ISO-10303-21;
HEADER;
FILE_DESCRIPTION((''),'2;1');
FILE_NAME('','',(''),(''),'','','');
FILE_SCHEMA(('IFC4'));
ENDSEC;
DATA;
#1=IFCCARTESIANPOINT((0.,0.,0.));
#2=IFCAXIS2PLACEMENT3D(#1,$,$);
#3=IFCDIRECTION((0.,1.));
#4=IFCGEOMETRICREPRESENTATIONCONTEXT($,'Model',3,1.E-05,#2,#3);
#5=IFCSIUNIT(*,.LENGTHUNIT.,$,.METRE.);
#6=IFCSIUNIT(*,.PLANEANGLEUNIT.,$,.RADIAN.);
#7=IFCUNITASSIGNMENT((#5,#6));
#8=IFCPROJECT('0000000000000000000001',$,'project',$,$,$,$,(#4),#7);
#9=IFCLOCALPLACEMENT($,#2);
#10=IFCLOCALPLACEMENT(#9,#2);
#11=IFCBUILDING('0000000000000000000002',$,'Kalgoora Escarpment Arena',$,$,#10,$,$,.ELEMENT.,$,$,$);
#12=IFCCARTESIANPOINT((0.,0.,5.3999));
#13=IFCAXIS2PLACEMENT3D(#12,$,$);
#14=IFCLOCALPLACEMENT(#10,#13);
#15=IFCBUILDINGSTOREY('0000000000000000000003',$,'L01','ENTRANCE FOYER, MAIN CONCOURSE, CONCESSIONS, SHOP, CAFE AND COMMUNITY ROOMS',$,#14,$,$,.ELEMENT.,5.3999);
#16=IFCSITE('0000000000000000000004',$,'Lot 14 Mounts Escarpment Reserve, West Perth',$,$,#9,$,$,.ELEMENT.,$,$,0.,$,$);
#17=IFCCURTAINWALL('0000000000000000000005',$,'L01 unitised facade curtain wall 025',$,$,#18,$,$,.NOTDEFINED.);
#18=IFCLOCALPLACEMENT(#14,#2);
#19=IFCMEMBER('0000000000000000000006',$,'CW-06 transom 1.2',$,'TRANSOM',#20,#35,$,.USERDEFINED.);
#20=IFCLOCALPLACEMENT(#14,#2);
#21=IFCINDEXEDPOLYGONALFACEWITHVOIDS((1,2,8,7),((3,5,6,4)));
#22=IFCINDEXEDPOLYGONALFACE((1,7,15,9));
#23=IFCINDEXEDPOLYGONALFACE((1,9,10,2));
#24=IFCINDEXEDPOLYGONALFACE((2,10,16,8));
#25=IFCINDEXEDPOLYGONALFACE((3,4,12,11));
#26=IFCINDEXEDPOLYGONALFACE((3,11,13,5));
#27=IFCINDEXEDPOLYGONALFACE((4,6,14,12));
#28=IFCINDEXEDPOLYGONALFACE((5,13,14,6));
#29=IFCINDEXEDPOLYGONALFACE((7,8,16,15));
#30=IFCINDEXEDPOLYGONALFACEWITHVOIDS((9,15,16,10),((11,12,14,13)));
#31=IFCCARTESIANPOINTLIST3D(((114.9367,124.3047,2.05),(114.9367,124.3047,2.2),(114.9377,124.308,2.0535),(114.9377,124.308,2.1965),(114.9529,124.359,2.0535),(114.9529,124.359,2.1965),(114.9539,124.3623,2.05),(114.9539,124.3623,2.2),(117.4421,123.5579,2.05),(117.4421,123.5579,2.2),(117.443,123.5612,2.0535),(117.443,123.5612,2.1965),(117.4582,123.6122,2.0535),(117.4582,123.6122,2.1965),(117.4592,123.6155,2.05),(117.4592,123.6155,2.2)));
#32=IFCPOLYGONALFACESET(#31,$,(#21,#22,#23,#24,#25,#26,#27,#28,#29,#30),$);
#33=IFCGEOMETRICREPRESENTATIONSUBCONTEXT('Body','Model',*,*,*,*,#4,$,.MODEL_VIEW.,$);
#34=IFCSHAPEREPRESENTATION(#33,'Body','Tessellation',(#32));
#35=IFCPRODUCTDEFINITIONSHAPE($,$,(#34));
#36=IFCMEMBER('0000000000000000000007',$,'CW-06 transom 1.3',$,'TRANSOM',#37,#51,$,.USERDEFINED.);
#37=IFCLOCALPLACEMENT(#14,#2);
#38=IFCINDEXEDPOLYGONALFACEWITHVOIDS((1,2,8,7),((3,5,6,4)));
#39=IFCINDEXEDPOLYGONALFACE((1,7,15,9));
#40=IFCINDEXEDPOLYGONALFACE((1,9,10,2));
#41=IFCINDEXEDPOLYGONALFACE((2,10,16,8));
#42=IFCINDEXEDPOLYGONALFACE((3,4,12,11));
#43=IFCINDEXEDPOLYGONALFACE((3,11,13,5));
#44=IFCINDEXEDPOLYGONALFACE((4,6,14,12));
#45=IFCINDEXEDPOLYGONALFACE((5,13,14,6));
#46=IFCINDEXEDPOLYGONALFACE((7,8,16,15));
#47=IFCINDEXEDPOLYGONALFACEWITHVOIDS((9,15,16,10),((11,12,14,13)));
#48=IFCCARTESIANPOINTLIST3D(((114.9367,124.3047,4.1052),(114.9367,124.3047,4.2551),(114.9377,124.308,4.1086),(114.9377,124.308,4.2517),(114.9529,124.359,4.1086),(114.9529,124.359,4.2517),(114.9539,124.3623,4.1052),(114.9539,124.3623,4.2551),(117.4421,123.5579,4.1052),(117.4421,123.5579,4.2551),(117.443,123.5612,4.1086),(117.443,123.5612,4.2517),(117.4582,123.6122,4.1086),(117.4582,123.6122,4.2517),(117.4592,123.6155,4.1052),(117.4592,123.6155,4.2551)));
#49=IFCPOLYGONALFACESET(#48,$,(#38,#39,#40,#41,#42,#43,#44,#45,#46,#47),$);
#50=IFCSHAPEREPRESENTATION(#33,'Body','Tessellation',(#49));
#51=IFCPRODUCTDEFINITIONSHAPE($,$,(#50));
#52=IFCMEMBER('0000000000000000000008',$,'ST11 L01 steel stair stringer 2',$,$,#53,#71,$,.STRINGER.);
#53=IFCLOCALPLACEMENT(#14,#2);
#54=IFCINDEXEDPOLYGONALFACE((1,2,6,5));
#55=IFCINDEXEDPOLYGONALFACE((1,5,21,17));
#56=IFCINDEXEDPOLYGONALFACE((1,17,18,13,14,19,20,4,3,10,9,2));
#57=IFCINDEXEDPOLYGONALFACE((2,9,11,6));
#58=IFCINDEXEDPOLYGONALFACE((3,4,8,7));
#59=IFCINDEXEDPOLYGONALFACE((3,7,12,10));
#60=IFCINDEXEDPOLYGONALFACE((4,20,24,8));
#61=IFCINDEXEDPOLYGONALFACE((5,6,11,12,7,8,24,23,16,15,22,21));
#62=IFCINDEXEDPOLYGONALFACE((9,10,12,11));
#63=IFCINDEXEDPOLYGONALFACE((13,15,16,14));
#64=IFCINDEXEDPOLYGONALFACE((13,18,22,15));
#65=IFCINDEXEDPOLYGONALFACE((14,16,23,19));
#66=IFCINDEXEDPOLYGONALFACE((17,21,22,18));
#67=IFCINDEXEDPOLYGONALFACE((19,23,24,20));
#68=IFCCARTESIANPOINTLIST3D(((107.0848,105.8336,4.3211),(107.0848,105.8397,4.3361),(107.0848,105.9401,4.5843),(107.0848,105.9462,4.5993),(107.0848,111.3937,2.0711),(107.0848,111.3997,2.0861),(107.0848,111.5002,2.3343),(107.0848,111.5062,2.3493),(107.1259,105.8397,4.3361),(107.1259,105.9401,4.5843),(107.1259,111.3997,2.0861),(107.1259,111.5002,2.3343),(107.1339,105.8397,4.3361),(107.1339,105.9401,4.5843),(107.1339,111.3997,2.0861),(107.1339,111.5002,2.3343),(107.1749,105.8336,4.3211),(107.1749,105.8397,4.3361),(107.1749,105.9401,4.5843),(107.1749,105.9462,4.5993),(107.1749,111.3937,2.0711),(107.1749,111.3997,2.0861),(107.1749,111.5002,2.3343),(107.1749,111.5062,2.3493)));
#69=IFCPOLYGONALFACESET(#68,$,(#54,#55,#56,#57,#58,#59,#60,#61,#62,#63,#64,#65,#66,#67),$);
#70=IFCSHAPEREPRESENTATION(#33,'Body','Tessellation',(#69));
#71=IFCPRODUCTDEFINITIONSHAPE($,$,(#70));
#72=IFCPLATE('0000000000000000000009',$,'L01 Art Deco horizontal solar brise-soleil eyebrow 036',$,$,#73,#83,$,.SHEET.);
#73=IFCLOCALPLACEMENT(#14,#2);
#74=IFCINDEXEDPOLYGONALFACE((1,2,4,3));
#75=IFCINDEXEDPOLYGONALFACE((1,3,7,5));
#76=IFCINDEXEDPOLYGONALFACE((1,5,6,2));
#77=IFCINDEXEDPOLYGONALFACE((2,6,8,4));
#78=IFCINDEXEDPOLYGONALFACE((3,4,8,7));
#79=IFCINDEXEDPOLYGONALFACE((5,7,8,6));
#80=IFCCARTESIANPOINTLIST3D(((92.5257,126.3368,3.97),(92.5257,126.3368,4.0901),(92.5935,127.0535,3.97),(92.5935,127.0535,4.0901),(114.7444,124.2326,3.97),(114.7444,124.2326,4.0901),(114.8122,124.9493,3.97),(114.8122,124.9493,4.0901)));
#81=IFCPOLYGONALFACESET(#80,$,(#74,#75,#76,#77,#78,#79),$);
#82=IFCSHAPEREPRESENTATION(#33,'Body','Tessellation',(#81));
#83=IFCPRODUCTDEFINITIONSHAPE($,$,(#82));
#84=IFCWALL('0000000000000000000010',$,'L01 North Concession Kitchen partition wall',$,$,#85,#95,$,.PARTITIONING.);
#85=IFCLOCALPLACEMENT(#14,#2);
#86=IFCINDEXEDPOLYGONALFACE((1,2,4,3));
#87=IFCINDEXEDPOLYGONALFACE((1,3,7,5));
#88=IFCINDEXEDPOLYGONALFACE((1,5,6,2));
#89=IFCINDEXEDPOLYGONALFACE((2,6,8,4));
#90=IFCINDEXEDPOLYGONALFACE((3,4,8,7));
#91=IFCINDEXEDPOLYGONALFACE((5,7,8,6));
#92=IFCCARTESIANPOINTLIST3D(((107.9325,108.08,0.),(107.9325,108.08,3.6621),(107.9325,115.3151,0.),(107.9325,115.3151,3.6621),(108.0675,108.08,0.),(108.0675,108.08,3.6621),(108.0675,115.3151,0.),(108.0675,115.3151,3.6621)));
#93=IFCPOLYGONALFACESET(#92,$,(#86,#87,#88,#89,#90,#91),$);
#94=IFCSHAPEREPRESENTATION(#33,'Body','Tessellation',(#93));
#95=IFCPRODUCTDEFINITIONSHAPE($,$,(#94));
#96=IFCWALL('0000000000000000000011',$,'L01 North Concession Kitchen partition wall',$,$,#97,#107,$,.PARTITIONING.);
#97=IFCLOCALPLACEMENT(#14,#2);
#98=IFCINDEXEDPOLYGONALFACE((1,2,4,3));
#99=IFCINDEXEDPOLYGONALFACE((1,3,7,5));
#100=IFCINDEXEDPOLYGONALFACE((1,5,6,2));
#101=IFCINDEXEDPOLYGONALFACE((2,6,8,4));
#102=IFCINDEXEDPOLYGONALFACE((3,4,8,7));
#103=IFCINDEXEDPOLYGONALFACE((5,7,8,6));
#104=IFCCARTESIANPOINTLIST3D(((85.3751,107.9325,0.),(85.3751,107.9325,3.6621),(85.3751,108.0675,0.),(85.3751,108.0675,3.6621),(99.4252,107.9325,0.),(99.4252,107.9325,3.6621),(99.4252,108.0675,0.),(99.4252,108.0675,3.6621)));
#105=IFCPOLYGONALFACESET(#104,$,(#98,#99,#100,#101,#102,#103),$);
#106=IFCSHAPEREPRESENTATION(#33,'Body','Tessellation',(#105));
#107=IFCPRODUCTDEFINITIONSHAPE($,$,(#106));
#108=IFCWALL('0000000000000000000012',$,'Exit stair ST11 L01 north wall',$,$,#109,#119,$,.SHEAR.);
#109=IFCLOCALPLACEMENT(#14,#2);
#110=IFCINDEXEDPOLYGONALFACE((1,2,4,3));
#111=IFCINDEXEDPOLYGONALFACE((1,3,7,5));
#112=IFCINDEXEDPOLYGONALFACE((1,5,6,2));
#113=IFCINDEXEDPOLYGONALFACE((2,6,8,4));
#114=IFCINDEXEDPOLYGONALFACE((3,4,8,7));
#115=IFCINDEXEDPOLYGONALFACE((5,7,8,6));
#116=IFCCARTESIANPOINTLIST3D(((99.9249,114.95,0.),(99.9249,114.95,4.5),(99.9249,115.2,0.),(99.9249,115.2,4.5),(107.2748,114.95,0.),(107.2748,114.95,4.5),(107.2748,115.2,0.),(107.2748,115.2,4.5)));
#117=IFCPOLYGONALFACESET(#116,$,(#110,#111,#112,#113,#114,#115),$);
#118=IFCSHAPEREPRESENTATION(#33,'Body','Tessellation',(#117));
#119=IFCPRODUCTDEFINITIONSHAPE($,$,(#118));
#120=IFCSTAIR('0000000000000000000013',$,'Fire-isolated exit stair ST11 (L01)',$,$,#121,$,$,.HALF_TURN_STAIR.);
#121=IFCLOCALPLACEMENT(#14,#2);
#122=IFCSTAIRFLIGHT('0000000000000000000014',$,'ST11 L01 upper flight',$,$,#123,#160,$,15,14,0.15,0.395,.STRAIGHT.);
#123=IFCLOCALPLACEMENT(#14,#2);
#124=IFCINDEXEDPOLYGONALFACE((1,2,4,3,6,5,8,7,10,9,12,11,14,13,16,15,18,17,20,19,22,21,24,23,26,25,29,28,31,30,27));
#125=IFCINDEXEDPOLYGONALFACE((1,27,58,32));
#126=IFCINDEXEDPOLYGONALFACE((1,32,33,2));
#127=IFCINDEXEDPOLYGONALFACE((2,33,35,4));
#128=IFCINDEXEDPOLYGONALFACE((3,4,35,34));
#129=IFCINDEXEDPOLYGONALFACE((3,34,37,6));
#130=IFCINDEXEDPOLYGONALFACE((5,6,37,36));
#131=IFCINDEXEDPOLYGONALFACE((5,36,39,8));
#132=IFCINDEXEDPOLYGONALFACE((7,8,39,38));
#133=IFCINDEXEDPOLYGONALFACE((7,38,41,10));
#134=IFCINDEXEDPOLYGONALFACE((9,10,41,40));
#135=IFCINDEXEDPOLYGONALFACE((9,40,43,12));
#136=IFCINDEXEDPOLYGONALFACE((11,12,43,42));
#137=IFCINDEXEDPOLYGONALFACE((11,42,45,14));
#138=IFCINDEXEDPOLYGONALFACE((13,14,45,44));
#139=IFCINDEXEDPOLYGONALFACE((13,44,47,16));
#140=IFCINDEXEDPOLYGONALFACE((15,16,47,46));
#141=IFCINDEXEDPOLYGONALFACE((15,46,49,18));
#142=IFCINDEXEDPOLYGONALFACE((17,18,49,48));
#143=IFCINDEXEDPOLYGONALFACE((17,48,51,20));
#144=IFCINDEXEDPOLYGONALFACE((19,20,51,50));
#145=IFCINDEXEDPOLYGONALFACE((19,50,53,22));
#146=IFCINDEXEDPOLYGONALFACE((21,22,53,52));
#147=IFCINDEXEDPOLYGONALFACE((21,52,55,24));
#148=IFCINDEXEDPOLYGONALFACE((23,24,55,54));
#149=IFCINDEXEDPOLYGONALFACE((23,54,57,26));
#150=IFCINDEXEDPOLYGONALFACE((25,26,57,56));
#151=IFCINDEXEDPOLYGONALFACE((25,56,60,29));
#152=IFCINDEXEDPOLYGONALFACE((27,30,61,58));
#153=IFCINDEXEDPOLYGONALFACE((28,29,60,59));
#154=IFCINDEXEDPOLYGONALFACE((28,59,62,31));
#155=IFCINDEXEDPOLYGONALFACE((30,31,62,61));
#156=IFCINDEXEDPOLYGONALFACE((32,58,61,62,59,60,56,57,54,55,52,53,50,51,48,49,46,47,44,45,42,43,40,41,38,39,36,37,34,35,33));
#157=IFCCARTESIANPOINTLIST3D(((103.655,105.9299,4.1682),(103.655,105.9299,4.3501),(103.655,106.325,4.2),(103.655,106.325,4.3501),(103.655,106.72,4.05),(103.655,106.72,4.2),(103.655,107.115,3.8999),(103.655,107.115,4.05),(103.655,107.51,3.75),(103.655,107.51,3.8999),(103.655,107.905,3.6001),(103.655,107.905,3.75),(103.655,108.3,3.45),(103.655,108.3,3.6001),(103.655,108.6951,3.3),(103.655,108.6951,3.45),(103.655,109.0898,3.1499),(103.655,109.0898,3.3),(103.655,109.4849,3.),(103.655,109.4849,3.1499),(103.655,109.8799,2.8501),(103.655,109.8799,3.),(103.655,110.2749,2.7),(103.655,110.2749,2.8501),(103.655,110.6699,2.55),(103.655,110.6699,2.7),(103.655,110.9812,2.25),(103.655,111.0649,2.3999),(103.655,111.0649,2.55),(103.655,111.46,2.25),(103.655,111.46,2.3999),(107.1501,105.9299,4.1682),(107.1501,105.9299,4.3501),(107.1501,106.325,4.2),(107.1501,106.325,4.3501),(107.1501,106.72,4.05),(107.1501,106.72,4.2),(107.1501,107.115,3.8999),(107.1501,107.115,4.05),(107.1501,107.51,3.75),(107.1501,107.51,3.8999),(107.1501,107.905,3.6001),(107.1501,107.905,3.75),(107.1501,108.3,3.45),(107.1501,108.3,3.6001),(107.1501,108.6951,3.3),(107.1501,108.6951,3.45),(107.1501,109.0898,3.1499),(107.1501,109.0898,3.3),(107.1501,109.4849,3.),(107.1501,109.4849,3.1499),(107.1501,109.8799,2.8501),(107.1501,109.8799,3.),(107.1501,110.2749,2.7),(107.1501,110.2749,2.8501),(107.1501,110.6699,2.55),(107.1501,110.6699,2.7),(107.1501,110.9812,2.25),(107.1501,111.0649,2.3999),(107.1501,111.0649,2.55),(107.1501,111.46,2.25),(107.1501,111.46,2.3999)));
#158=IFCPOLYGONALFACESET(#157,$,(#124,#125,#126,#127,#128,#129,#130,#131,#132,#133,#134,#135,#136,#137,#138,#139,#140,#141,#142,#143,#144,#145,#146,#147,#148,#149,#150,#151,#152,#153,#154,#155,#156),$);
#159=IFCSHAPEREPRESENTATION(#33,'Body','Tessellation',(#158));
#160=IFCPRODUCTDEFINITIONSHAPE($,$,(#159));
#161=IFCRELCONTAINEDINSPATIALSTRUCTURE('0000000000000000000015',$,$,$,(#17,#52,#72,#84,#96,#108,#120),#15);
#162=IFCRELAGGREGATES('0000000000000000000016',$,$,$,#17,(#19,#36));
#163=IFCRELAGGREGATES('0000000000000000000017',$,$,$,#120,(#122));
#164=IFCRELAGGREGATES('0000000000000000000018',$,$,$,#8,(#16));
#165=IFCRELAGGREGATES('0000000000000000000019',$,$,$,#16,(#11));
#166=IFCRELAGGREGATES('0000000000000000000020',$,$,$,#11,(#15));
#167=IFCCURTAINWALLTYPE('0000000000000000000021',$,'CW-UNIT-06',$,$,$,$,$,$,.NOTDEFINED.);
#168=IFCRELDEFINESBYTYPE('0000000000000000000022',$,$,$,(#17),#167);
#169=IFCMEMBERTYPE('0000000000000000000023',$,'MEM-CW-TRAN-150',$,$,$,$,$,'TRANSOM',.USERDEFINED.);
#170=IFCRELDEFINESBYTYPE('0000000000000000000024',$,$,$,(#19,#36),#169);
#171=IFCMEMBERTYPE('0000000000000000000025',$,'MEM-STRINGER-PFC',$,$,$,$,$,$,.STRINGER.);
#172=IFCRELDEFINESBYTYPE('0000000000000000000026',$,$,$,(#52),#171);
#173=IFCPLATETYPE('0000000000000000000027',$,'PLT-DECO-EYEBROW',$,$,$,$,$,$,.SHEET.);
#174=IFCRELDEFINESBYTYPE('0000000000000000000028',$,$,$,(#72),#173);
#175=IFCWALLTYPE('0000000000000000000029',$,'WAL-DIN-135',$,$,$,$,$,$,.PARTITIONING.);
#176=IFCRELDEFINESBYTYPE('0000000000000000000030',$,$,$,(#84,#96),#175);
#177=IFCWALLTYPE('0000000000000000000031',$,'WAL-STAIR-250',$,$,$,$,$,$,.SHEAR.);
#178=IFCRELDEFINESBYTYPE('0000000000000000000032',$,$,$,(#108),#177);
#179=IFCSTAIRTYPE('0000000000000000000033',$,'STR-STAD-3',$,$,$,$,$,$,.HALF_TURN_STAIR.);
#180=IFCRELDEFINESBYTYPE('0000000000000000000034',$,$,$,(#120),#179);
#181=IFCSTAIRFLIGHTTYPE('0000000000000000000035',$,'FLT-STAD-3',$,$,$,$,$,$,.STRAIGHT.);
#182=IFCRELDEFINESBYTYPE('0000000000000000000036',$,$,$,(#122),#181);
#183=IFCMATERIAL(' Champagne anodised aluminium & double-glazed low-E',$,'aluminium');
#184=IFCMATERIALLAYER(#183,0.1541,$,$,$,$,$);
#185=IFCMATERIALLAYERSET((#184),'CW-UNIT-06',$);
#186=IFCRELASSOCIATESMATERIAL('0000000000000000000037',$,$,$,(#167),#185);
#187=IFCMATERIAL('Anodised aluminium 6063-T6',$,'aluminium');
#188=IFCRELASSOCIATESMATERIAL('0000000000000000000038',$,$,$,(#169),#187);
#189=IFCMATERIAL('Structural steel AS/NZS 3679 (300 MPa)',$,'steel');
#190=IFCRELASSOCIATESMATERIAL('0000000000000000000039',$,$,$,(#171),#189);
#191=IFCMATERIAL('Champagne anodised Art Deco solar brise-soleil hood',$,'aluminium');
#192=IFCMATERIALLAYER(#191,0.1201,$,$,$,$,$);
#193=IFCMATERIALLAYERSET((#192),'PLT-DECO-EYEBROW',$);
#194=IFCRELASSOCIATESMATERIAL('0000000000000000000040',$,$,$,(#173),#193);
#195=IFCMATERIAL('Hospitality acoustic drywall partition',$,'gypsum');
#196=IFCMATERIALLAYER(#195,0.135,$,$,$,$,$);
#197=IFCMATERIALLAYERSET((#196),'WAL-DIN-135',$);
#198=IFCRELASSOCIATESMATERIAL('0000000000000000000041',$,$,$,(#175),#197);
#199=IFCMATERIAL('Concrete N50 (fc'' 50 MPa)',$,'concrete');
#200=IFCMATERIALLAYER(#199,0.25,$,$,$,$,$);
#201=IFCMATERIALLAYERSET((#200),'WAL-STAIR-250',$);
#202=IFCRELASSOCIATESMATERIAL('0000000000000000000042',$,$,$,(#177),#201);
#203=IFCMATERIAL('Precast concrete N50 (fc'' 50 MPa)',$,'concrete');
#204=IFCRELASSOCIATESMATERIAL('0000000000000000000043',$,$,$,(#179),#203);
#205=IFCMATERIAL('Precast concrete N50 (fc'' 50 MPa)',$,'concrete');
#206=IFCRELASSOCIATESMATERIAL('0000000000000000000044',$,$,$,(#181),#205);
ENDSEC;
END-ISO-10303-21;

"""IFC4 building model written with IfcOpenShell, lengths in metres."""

from ifc_helpers import new_model, si_unit, direction, frame, frame_2d, origin, origin_2d, place, context, subcontext, project, spatial, polyline, rectangle, hollow_rectangle, i_section, outline, extrude, material, layer, layer_set, material_profile, profile_set, type_object, element, aggregate, save


model = new_model("IFC4")

# Units and contexts
model_context = context("Model", 3, precision=1e-05, world=origin(), true_north=direction((0.0, 1.0)))
body_context = subcontext(model_context, "Body", "Model", "MODEL_VIEW")
ifc_project = project(units=[si_unit("LENGTHUNIT", "METRE"), si_unit("PLANEANGLEUNIT", "RADIAN")], contexts=[model_context])

# Site, building, storey
site_placement = place(None, origin())
site = spatial("IfcSite", under=ifc_project, at=site_placement, Name="Lot 14 Mounts Escarpment Reserve, West Perth", CompositionType="ELEMENT", RefElevation=0.0)
building_placement = place(site_placement, origin())
building = spatial("IfcBuilding", under=site, at=building_placement, Name="Kalgoora Escarpment Arena", CompositionType="ELEMENT")
storey_placement = place(building_placement, frame((0.0, 0.0, 5.3999)))
storey = spatial("IfcBuildingStorey", under=building, at=storey_placement, Name="L01", Description="ENTRANCE FOYER, MAIN CONCOURSE, CONCESSIONS, SHOP, CAFE AND COMMUNITY ROOMS", CompositionType="ELEMENT", Elevation=5.3999)

# Curtain wall, members
ifc_material_1 = material(Name=" Champagne anodised aluminium & double-glazed low-E", Category="aluminium")
ifc_layer_1 = layer(ifc_material_1, 0.1541)
ifc_layer_set_1 = layer_set([ifc_layer_1], Name="CW-UNIT-06")
curtain_wall_type = type_object("IfcCurtainWallType", Name="CW-UNIT-06", PredefinedType="NOTDEFINED", material=ifc_layer_set_1)
curtain_wall_placement = place(storey_placement, origin())
curtain_wall = element("IfcCurtainWall", 1, at=curtain_wall_placement, inside=storey, type_object=curtain_wall_type, Name="L01 unitised facade curtain wall 025", PredefinedType="NOTDEFINED")
ifc_material_2 = material(Name="Anodised aluminium 6063-T6", Category="aluminium")
ifc_material_profile_1 = material_profile(ifc_material_2, hollow_rectangle(XDim=0.0601, YDim=0.1499, WallThickness=0.0034, at=origin_2d()))
ifc_profile_set_1 = profile_set([ifc_material_profile_1], Name="Anodised aluminium 6063-T6")
member_type_1 = type_object("IfcMemberType", Name="MEM-CW-TRAN-150", ElementType="TRANSOM", PredefinedType="USERDEFINED", material=ifc_profile_set_1)
member_1_placement = place(storey_placement, frame((114.9453, 124.3335, 2.125), z_axis=(0.958329, -0.285668, 0.0), x_axis=(0.285668, 0.958329, 0.0)))
member_1 = element("IfcMember", 2, at=member_1_placement, type_object=member_type_1, Name="CW-06 transom 1.2", ObjectType="TRANSOM", PredefinedType="USERDEFINED", context=body_context, shape_type="SweptSolid", body=[
    extrude(hollow_rectangle(XDim=0.0601, YDim=0.1499, WallThickness=0.0034, at=origin_2d()), origin(), (0.0, 0.0, 1.0), 2.6143),
])
member_2_placement = place(storey_placement, frame((114.9453, 124.3335, 4.1802), z_axis=(0.958329, -0.285668, 0.0), x_axis=(0.285668, 0.958329, 0.0)))
member_2 = element("IfcMember", 3, at=member_2_placement, type_object=member_type_1, Name="CW-06 transom 1.3", ObjectType="TRANSOM", PredefinedType="USERDEFINED", context=body_context, shape_type="SweptSolid", body=[
    extrude(hollow_rectangle(XDim=0.0601, YDim=0.1499, WallThickness=0.0034, at=origin_2d()), origin(), (0.0, 0.0, 1.0), 2.6143),
])
aggregate(curtain_wall, [member_1, member_2])

# Member
ifc_material_3 = material(Name="Structural steel AS/NZS 3679 (300 MPa)", Category="steel")
ifc_material_profile_2 = material_profile(ifc_material_3, i_section(OverallWidth=0.0901, OverallDepth=0.3, WebThickness=0.0081, FlangeThickness=0.0161, at=origin_2d()))
ifc_profile_set_2 = profile_set([ifc_material_profile_2], Name="Structural steel AS/NZS 3679 (300 MPa)")
member_type_2 = type_object("IfcMemberType", Name="MEM-STRINGER-PFC", PredefinedType="STRINGER", material=ifc_profile_set_2)
member_3_placement = place(storey_placement, frame((107.1299, 111.45, 2.2102), z_axis=(0.0, -0.926976, 0.375121), x_axis=(1.0, 0.0, 0.0)))
element("IfcMember", 4, at=member_3_placement, inside=storey, type_object=member_type_2, Name="ST11 L01 steel stair stringer 2", PredefinedType="STRINGER", context=body_context, shape_type="SweptSolid", body=[
    extrude(i_section(OverallWidth=0.0901, OverallDepth=0.3, WebThickness=0.0081, FlangeThickness=0.0161, at=origin_2d()), origin(), (0.0, 0.0, 1.0), 5.998),
])

# Plate
ifc_material_4 = material(Name="Champagne anodised Art Deco solar brise-soleil hood", Category="aluminium")
ifc_layer_2 = layer(ifc_material_4, 0.1201)
ifc_layer_set_2 = layer_set([ifc_layer_2], Name="PLT-DECO-EYEBROW")
plate_type = type_object("IfcPlateType", Name="PLT-DECO-EYEBROW", PredefinedType="SHEET", material=ifc_layer_set_2)
plate_placement = place(storey_placement, frame((103.6689, 125.6431, 3.97), z_axis=(0.0, 0.0, 1.0), x_axis=(0.995546, -0.094282, 0.0)))
element("IfcPlate", 5, at=plate_placement, inside=storey, type_object=plate_type, Name="L01 Art Deco horizontal solar brise-soleil eyebrow 036", PredefinedType="SHEET", context=body_context, shape_type="SweptSolid", body=[
    extrude(rectangle(XDim=22.3181, YDim=0.72, at=origin_2d()), origin(), (0.0, 0.0, 1.0), 0.1201),
])

# Walls
ifc_material_5 = material(Name="Hospitality acoustic drywall partition", Category="gypsum")
ifc_layer_3 = layer(ifc_material_5, 0.135)
ifc_layer_set_3 = layer_set([ifc_layer_3], Name="WAL-DIN-135")
wall_type_1 = type_object("IfcWallType", Name="WAL-DIN-135", PredefinedType="PARTITIONING", material=ifc_layer_set_3)
wall_1_placement = place(storey_placement, frame((108.0, 115.3152, 0.0), z_axis=(0.0, 0.0, 1.0), x_axis=(0.0, -1.0, 0.0)))
element("IfcWall", 6, at=wall_1_placement, inside=storey, type_object=wall_type_1, Name="L01 North Concession Kitchen partition wall", PredefinedType="PARTITIONING", context=body_context, shape_type="SweptSolid", body=[
    extrude(rectangle(XDim=7.2351, YDim=0.135, at=frame_2d((3.6177, 0.0))), origin(), (0.0, 0.0, 1.0), 3.6621),
])
wall_2_placement = place(storey_placement, frame((99.425, 108.0, 0.0), z_axis=(0.0, 0.0, 1.0), x_axis=(-1.0, 0.0, 0.0)))
element("IfcWall", 7, at=wall_2_placement, inside=storey, type_object=wall_type_1, Name="L01 North Concession Kitchen partition wall", PredefinedType="PARTITIONING", context=body_context, shape_type="SweptSolid", body=[
    extrude(rectangle(XDim=14.05, YDim=0.135, at=frame_2d((7.0249, 0.0))), origin(), (0.0, 0.0, 1.0), 3.6621),
])
ifc_material_6 = material(Name="Concrete N50 (fc' 50 MPa)", Category="concrete")
ifc_layer_4 = layer(ifc_material_6, 0.25)
ifc_layer_set_4 = layer_set([ifc_layer_4], Name="WAL-STAIR-250")
wall_type_2 = type_object("IfcWallType", Name="WAL-STAIR-250", PredefinedType="SHEAR", material=ifc_layer_set_4)
wall_3_placement = place(storey_placement, frame((99.925, 115.075, 0.0), z_axis=(0.0, 0.0, 1.0), x_axis=(1.0, 0.0, 0.0)))
element("IfcWall", 8, at=wall_3_placement, inside=storey, type_object=wall_type_2, Name="Exit stair ST11 L01 north wall", PredefinedType="SHEAR", context=body_context, shape_type="SweptSolid", body=[
    extrude(rectangle(XDim=7.3499, YDim=0.25, at=frame_2d((3.6748, 0.0))), origin(), (0.0, 0.0, 1.0), 4.5),
])

# Stair, stair flight
ifc_material_7 = material(Name="Precast concrete N50 (fc' 50 MPa)", Category="concrete")
stair_type = type_object("IfcStairType", Name="STR-STAD-3", PredefinedType="HALF_TURN_STAIR", material=ifc_material_7)
stair_placement = place(storey_placement, origin())
stair = element("IfcStair", 9, at=stair_placement, inside=storey, type_object=stair_type, Name="Fire-isolated exit stair ST11 (L01)", PredefinedType="HALF_TURN_STAIR")
ifc_material_8 = material(Name="Precast concrete N50 (fc' 50 MPa)", Category="concrete")
stair_flight_type = type_object("IfcStairFlightType", Name="FLT-STAD-3", PredefinedType="STRAIGHT", material=ifc_material_8)
stair_flight_placement = place(storey_placement, frame((105.4026, 111.46, 2.25), z_axis=(0.0, 0.0, 1.0), x_axis=(0.0, -1.0, 0.0)))
stair_flight = element("IfcStairFlight", 10, at=stair_flight_placement, type_object=stair_flight_type, Name="ST11 L01 upper flight", NumberOfRisers=15, NumberOfTreads=14, PredefinedType="STRAIGHT", RiserHeight=0.15, TreadLength=0.395, context=body_context, shape_type="SweptSolid", body=[
    extrude(outline(polyline([(0.0, 0.0), (0.0, 0.1499), (0.395, 0.1499), (0.395, 0.3), (0.79, 0.3), (0.79, 0.45), (1.1851, 0.45), (1.1851, 0.6001), (1.5801, 0.6001), (1.5801, 0.75), (1.9751, 0.75), (1.9751, 0.8999), (2.3701, 0.8999), (2.3701, 1.05), (2.7649, 1.05), (2.7649, 1.2), (3.1599, 1.2), (3.1599, 1.3501), (3.5549, 1.3501), (3.5549, 1.5), (3.95, 1.5), (3.95, 1.6499), (4.345, 1.6499), (4.345, 1.8), (4.74, 1.8), (4.74, 1.95), (5.135, 1.95), (5.135, 2.1001), (5.53, 2.1001), (5.53, 2.25), (5.53, 1.9182), (0.4788, 0.0), (0.0, 0.0)])), frame((0.0, 1.7476, 0.0), z_axis=(0.0, -1.0, 0.0), x_axis=(1.0, 0.0, 0.0)), (0.0, 0.0, 1.0), 3.4951),
])
aggregate(stair, [stair_flight])

save(model, "model.ifc")
